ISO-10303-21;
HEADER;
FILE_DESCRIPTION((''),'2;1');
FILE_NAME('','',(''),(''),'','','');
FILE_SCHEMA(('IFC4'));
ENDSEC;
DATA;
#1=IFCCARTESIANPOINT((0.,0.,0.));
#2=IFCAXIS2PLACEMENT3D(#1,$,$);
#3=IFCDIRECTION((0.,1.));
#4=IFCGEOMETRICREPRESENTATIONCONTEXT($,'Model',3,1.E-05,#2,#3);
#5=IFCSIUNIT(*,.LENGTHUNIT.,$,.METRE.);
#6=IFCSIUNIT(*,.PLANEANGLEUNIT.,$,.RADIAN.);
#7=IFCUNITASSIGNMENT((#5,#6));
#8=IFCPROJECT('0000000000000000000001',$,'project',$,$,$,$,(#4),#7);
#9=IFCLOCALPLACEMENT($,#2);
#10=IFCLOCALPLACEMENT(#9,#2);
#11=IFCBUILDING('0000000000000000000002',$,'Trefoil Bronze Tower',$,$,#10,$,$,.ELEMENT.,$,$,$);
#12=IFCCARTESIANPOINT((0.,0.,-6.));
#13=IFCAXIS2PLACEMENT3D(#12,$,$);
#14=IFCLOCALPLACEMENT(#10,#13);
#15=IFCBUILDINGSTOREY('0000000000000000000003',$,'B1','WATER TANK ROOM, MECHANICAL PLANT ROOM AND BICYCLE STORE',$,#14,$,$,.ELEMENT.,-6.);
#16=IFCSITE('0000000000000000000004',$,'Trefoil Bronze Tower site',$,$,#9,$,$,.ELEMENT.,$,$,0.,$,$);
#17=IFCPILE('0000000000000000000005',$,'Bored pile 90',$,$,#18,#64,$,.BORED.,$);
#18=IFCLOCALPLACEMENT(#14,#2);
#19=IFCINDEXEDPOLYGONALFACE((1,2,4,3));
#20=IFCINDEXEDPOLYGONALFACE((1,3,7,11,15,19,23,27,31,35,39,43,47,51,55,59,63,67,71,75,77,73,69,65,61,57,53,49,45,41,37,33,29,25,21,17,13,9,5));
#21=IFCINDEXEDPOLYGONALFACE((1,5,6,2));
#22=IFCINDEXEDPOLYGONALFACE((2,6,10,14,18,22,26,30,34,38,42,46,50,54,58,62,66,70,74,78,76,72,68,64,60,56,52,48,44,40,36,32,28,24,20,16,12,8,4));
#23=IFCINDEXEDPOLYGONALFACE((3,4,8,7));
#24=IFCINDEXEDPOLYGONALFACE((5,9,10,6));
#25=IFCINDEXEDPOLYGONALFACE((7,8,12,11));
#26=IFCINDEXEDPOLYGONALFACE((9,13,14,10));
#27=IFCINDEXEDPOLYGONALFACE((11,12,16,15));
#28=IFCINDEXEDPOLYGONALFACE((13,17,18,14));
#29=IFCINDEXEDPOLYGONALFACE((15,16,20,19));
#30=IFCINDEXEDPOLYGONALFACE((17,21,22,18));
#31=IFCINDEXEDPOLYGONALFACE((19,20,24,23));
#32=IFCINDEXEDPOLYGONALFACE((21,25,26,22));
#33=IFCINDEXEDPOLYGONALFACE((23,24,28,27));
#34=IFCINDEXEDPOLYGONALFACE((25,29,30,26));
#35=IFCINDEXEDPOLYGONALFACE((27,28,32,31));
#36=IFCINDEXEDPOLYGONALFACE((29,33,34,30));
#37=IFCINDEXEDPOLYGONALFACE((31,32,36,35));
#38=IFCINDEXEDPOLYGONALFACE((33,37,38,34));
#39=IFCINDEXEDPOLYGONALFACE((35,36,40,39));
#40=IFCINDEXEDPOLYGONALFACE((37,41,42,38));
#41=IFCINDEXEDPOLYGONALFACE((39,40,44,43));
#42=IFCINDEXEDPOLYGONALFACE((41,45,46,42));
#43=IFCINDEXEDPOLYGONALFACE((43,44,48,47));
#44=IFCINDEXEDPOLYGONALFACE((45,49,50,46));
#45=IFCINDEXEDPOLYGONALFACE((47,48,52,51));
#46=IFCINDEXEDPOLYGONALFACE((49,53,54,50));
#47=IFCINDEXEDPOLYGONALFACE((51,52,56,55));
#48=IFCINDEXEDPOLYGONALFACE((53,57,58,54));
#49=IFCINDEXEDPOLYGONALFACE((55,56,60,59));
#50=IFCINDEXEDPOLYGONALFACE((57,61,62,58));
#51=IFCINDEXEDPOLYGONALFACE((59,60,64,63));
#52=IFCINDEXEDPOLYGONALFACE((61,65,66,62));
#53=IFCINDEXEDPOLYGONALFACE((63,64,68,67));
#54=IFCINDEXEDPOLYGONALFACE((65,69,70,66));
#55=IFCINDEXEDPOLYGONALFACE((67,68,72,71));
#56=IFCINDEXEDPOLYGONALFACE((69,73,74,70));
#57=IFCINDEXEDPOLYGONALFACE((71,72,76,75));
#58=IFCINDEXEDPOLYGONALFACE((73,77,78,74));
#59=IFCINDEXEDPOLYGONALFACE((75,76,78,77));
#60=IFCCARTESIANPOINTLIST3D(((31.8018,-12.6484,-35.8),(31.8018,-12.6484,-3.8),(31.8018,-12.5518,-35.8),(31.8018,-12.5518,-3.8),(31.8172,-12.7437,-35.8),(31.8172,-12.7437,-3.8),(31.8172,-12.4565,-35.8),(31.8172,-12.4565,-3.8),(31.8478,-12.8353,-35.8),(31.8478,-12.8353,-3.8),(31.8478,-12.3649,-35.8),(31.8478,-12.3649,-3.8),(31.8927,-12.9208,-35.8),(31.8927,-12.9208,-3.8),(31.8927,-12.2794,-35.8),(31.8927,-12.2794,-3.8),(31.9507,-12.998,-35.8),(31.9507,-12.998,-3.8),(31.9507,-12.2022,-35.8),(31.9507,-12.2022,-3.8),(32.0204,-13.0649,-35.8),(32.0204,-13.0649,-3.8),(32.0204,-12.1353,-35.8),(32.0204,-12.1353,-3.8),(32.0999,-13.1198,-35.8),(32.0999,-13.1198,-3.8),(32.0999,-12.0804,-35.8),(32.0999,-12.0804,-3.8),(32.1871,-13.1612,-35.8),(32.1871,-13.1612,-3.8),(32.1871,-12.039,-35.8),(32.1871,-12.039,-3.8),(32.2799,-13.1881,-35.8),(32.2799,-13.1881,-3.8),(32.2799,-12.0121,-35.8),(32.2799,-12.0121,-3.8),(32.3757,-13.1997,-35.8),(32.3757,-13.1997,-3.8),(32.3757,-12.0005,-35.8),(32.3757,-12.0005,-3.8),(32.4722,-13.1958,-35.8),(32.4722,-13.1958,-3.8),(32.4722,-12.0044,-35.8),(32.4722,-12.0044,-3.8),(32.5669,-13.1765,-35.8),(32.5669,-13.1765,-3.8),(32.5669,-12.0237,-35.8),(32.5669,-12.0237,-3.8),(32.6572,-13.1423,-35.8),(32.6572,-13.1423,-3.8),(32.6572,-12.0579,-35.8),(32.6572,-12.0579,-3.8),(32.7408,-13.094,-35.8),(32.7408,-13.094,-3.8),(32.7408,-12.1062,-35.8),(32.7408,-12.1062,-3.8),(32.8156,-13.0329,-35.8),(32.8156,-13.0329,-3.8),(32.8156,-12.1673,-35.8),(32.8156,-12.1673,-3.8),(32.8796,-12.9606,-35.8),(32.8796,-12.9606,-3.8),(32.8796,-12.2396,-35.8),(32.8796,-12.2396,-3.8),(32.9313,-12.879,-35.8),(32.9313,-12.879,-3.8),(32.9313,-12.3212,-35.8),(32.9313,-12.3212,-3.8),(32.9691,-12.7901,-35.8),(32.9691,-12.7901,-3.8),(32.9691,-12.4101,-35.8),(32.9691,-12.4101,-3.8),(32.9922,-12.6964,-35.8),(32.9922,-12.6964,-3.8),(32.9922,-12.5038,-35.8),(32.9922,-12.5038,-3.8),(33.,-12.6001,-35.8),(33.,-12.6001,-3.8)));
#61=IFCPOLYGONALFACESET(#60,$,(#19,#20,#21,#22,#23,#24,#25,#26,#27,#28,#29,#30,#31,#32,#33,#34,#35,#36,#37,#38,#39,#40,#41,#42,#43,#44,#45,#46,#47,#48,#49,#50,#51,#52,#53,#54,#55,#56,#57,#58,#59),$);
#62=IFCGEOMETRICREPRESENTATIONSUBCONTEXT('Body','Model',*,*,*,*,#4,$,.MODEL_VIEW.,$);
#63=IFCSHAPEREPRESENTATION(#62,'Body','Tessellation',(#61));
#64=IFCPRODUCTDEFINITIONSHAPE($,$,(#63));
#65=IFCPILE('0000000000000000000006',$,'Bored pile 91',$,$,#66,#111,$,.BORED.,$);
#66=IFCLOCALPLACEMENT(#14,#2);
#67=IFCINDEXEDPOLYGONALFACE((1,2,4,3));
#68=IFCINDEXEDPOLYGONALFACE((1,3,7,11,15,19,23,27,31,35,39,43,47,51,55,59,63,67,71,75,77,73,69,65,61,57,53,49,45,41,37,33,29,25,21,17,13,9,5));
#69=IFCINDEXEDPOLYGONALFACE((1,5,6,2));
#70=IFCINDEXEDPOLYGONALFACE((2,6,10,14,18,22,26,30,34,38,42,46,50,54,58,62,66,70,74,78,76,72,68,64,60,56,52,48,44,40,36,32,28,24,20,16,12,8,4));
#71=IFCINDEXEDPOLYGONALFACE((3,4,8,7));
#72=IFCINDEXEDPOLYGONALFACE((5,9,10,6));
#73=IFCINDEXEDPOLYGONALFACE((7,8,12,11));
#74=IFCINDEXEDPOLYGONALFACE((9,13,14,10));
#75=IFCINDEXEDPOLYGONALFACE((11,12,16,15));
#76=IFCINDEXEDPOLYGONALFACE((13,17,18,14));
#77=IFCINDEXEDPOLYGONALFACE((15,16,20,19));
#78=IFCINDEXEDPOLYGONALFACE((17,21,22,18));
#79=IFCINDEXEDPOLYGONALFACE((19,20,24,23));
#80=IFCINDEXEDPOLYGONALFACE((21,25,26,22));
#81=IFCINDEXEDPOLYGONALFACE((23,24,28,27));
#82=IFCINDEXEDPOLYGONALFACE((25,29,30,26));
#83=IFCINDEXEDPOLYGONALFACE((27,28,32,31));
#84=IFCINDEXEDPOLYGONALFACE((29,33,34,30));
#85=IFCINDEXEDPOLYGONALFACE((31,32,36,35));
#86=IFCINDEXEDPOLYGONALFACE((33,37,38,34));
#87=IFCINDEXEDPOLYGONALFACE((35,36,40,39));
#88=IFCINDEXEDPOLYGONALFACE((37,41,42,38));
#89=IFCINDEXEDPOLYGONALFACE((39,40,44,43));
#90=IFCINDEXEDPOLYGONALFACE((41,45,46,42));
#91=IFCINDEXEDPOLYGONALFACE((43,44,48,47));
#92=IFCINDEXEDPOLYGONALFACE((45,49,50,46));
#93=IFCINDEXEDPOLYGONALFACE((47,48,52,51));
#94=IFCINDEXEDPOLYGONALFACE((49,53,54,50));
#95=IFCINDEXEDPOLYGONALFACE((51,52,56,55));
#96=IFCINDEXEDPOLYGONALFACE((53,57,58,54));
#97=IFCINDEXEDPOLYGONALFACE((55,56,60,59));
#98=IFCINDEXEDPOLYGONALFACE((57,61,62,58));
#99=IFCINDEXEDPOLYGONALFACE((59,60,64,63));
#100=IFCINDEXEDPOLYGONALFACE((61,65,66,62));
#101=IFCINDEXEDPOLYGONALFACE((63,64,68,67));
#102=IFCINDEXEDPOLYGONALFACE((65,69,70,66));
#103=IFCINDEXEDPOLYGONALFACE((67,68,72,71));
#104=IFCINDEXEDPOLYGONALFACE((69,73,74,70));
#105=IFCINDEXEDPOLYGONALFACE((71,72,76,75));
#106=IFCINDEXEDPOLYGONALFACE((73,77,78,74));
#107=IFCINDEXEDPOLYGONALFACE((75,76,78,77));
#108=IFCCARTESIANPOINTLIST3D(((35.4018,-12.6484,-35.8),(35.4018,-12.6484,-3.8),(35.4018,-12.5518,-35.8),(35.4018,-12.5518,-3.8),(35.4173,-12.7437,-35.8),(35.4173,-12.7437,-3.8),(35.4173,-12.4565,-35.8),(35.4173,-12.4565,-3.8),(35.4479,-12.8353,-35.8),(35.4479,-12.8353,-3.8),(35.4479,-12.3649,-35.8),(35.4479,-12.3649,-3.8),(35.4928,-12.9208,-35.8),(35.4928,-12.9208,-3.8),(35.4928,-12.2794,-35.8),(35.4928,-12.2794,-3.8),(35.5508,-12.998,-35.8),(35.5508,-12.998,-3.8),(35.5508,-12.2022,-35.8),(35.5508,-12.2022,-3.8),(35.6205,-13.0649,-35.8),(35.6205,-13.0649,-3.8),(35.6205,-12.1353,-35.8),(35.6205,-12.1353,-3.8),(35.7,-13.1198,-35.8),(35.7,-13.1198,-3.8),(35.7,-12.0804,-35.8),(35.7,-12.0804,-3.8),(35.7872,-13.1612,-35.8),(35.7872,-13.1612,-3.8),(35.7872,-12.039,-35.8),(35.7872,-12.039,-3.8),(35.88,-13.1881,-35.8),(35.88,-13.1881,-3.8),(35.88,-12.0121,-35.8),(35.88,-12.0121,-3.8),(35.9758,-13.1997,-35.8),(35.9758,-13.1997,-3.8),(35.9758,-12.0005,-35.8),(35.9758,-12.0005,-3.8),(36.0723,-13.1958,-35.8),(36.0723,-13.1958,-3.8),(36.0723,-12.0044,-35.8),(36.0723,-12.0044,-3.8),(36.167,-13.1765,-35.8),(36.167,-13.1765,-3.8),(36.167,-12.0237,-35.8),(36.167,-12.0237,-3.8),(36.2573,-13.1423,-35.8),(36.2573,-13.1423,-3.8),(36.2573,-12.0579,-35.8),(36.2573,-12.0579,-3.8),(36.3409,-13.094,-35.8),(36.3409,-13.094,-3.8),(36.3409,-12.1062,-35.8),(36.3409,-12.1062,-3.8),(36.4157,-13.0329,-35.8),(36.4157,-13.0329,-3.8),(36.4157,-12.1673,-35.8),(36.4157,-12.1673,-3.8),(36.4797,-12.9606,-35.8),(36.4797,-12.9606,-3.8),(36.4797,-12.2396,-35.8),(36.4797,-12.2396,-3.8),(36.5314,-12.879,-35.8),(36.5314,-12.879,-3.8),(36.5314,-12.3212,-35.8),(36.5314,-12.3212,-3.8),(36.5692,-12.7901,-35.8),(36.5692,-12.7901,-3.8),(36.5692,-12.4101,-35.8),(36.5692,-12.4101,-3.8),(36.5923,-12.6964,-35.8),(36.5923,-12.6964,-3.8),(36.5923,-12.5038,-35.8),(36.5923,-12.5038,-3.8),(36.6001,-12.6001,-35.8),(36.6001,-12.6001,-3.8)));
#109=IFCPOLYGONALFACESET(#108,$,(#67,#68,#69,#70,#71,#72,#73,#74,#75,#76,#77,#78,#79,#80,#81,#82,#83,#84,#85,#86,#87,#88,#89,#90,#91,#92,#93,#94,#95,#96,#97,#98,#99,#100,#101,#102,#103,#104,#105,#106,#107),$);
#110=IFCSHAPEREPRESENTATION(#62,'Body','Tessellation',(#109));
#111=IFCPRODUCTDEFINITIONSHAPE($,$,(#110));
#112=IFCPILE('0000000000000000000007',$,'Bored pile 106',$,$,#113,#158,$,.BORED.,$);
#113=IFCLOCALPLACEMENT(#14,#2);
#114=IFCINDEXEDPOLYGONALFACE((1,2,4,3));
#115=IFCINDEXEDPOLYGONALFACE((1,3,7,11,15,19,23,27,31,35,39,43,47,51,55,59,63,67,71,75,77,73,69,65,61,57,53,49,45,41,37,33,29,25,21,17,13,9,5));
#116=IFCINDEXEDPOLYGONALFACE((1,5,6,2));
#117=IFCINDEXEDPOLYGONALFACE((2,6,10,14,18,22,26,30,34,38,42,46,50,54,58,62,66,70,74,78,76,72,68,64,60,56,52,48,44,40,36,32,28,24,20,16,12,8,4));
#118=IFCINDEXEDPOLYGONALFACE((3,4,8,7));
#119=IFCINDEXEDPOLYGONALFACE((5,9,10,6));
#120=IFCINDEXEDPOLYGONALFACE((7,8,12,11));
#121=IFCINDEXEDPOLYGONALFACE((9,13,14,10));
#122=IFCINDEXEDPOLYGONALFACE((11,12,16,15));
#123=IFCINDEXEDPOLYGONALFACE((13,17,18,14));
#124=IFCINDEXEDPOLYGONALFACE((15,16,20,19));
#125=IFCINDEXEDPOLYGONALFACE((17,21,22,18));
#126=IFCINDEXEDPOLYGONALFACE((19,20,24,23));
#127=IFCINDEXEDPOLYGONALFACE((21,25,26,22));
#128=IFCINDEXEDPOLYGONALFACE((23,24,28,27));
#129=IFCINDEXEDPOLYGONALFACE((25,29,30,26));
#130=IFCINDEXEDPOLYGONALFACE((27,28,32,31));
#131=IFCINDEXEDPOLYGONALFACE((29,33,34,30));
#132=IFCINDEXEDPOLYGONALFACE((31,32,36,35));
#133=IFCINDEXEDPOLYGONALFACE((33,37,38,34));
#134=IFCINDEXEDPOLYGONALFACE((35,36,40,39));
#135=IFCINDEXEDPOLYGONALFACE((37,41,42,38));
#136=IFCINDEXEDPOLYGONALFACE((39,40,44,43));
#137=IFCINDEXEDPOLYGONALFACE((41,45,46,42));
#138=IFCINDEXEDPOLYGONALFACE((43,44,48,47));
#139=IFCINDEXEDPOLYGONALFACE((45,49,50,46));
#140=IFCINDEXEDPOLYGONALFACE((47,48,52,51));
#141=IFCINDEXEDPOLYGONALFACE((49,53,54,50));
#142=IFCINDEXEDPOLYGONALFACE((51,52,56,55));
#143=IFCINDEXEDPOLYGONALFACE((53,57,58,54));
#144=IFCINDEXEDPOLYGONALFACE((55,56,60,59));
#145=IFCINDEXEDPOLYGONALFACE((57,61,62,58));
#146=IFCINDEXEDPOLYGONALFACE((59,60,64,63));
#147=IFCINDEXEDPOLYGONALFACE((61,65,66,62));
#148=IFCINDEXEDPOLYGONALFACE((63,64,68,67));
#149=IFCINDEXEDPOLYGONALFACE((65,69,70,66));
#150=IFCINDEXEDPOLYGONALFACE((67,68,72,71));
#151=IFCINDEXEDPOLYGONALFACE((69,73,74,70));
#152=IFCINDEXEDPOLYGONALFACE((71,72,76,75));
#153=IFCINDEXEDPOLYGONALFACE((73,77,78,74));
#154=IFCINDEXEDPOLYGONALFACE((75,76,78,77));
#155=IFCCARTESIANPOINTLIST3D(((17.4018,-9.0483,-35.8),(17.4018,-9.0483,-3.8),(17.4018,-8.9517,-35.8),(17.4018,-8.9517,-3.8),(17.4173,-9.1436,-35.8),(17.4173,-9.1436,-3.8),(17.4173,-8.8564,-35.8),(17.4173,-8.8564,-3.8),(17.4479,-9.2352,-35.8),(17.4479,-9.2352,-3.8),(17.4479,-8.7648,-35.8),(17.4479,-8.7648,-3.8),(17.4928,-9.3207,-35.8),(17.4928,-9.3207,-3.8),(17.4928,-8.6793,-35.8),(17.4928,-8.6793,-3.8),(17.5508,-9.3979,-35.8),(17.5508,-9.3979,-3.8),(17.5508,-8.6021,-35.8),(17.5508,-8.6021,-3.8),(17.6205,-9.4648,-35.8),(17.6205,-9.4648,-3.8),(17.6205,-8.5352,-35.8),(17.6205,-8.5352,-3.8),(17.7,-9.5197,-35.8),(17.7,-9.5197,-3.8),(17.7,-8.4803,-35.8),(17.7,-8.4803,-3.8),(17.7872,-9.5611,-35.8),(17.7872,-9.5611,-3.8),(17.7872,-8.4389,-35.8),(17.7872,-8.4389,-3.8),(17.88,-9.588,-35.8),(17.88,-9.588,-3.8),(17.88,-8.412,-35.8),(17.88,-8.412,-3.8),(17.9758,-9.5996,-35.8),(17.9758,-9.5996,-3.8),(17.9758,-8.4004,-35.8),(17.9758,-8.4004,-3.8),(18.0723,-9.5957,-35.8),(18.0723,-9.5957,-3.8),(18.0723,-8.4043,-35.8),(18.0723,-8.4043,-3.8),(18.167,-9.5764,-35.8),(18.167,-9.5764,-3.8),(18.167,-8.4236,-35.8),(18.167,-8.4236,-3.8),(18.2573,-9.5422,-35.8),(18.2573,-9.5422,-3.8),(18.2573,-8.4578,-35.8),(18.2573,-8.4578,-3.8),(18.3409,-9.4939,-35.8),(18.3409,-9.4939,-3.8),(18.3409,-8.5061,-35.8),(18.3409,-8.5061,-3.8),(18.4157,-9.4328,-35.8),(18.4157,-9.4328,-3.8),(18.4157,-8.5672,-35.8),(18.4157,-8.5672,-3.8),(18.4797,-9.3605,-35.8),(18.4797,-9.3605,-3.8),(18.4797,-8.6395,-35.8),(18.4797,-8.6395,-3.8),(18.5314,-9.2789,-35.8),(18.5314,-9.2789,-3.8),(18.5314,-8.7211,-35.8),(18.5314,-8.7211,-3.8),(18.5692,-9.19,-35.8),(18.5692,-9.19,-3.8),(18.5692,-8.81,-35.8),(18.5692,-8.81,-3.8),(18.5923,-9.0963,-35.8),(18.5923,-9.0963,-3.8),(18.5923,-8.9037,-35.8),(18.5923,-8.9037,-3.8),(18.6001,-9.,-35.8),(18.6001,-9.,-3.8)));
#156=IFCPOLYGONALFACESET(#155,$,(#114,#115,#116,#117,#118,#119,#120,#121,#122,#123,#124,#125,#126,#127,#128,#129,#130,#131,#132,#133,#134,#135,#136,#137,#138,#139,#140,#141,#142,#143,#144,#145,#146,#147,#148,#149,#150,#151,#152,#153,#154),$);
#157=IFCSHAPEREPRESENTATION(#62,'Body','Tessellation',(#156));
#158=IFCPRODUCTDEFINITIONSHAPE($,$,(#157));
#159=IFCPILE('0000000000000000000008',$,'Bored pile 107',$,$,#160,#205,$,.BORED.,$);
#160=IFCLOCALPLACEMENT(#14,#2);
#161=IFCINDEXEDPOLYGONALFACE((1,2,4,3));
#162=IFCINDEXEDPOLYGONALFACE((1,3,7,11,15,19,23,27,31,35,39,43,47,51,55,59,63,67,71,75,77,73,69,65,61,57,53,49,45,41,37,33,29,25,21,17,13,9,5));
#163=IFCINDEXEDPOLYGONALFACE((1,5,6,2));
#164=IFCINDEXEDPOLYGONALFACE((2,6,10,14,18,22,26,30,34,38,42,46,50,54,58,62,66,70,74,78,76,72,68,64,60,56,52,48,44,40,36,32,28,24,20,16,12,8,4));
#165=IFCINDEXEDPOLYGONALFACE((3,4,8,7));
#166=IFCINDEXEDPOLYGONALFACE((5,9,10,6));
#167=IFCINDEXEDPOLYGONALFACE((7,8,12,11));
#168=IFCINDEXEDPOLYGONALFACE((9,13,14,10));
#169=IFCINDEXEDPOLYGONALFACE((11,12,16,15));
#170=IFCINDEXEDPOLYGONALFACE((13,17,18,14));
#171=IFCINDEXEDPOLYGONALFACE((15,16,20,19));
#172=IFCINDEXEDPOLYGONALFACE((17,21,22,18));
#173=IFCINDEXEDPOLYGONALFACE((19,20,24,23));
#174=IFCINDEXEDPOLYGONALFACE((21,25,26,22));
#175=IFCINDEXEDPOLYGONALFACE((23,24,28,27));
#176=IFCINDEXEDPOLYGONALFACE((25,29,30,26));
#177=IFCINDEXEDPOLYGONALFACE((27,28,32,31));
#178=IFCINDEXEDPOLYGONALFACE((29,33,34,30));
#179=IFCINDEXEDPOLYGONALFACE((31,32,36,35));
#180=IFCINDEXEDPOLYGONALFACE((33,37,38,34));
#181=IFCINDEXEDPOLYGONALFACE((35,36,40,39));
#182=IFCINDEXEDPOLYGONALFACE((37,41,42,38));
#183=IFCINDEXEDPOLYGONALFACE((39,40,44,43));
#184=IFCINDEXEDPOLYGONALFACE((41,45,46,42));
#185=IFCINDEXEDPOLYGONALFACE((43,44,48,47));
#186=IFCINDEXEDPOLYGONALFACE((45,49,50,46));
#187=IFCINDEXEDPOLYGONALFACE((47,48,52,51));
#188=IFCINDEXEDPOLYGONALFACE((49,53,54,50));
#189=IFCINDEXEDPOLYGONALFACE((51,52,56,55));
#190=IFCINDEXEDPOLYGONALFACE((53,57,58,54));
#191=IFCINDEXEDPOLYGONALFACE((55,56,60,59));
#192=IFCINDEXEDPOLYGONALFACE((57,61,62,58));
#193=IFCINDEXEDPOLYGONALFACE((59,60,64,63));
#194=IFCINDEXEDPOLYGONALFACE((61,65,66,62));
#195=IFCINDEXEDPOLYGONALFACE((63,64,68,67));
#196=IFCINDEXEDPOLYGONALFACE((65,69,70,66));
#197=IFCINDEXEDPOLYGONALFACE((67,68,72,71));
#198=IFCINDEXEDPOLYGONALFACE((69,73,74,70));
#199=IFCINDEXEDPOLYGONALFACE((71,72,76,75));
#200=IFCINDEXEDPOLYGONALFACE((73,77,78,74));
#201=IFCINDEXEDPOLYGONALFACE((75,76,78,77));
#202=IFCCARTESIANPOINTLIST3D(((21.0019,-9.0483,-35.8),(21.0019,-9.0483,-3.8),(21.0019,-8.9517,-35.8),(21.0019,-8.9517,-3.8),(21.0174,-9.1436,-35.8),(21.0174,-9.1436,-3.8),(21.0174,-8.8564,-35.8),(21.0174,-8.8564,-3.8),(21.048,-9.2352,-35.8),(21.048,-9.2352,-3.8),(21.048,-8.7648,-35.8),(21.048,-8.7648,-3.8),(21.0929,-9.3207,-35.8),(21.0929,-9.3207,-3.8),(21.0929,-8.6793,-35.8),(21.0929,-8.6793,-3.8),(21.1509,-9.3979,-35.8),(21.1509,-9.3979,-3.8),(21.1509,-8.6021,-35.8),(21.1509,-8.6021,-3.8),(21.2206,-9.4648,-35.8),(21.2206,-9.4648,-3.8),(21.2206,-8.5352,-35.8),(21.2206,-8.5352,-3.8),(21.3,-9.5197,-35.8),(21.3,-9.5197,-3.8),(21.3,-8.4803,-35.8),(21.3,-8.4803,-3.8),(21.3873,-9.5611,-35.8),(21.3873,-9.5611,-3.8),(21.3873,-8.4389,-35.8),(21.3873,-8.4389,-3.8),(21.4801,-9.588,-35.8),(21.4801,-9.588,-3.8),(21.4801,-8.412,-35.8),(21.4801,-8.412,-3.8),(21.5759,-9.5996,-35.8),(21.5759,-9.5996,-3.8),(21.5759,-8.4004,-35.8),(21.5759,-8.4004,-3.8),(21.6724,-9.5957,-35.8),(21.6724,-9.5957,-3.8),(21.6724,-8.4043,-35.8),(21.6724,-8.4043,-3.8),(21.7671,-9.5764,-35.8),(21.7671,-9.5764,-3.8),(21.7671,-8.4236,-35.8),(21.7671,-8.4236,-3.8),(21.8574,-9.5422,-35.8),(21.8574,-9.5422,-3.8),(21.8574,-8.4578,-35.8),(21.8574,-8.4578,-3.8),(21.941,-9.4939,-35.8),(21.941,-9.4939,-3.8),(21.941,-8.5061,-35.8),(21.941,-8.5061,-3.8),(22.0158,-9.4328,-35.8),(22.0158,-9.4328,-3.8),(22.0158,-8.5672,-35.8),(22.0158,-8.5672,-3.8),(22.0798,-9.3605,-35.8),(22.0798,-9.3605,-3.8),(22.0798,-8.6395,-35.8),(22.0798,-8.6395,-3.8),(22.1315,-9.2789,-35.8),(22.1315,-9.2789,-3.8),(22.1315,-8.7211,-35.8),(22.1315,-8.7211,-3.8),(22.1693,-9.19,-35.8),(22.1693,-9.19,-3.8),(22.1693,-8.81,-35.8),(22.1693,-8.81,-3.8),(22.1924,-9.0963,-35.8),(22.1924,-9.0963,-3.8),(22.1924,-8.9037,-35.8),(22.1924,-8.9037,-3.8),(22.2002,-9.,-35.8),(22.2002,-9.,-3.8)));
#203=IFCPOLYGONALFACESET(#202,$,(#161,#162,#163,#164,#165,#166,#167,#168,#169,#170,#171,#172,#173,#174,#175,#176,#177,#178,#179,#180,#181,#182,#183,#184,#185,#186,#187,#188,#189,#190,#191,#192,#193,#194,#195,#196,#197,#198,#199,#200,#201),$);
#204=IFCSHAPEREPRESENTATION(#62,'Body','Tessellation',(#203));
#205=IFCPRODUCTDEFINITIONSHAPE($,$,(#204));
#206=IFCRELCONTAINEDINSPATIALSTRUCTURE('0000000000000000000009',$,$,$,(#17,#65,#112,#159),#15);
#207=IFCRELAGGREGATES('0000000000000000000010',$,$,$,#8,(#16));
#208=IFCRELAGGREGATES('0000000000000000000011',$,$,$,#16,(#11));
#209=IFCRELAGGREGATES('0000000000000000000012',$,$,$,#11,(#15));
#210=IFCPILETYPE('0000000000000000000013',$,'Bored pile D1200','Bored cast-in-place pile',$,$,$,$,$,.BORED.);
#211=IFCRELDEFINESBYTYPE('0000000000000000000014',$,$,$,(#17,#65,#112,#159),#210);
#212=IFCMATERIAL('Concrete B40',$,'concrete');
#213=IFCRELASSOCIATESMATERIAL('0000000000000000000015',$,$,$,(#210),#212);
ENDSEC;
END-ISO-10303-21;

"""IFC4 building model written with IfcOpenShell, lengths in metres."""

from ifc_helpers import new_model, si_unit, direction, frame, origin, origin_2d, place, context, subcontext, project, spatial, circle, extrude, material, type_object, element, save


model = new_model("IFC4")

# Units and contexts
model_context = context("Model", 3, precision=1e-05, world=origin(), true_north=direction((0.0, 1.0)))
body_context = subcontext(model_context, "Body", "Model", "MODEL_VIEW")
ifc_project = project(units=[si_unit("LENGTHUNIT", "METRE"), si_unit("PLANEANGLEUNIT", "RADIAN")], contexts=[model_context])

# Site, building, storey
site_placement = place(None, origin())
site = spatial("IfcSite", under=ifc_project, at=site_placement, Name="Trefoil Bronze Tower site", CompositionType="ELEMENT", RefElevation=0.0)
building_placement = place(site_placement, origin())
building = spatial("IfcBuilding", under=site, at=building_placement, Name="Trefoil Bronze Tower", CompositionType="ELEMENT")
storey_placement = place(building_placement, frame((0.0, 0.0, -6.0)))
storey = spatial("IfcBuildingStorey", under=building, at=storey_placement, Name="B1", Description="WATER TANK ROOM, MECHANICAL PLANT ROOM AND BICYCLE STORE", CompositionType="ELEMENT", Elevation=-6.0)

# Piles
ifc_material_1 = material(Name="Concrete B40", Category="concrete")
pile_type = type_object("IfcPileType", Name="Bored pile D1200", Description="Bored cast-in-place pile", PredefinedType="BORED", material=ifc_material_1)
for number, where, z_axis, x_axis, name in (
    (1, (32.3999, -12.6001, -3.8), (0.0, 0.0, -1.0), (1.0, 0.0, 0.0), "Bored pile 90"),
    (2, (36.0, -12.6001, -3.8), (0.0, 0.0, -1.0), (1.0, 0.0, 0.0), "Bored pile 91"),
    (3, (18.0, -9.0, -3.8), (0.0, 0.0, -1.0), (1.0, 0.0, 0.0), "Bored pile 106"),
    (4, (21.6001, -9.0, -3.8), (0.0, 0.0, -1.0), (1.0, 0.0, 0.0), "Bored pile 107"),
):
    element("IfcPile", number, at=place(storey_placement, frame(where, z_axis=z_axis, x_axis=x_axis)), inside=storey, type_object=pile_type, Name=name, PredefinedType="BORED", context=body_context, shape_type="SweptSolid", body=[
        extrude(circle(Radius=0.6001, at=origin_2d()), origin(), (0.0, 0.0, 1.0), 32.0),
    ])

save(model, "model.ifc")
